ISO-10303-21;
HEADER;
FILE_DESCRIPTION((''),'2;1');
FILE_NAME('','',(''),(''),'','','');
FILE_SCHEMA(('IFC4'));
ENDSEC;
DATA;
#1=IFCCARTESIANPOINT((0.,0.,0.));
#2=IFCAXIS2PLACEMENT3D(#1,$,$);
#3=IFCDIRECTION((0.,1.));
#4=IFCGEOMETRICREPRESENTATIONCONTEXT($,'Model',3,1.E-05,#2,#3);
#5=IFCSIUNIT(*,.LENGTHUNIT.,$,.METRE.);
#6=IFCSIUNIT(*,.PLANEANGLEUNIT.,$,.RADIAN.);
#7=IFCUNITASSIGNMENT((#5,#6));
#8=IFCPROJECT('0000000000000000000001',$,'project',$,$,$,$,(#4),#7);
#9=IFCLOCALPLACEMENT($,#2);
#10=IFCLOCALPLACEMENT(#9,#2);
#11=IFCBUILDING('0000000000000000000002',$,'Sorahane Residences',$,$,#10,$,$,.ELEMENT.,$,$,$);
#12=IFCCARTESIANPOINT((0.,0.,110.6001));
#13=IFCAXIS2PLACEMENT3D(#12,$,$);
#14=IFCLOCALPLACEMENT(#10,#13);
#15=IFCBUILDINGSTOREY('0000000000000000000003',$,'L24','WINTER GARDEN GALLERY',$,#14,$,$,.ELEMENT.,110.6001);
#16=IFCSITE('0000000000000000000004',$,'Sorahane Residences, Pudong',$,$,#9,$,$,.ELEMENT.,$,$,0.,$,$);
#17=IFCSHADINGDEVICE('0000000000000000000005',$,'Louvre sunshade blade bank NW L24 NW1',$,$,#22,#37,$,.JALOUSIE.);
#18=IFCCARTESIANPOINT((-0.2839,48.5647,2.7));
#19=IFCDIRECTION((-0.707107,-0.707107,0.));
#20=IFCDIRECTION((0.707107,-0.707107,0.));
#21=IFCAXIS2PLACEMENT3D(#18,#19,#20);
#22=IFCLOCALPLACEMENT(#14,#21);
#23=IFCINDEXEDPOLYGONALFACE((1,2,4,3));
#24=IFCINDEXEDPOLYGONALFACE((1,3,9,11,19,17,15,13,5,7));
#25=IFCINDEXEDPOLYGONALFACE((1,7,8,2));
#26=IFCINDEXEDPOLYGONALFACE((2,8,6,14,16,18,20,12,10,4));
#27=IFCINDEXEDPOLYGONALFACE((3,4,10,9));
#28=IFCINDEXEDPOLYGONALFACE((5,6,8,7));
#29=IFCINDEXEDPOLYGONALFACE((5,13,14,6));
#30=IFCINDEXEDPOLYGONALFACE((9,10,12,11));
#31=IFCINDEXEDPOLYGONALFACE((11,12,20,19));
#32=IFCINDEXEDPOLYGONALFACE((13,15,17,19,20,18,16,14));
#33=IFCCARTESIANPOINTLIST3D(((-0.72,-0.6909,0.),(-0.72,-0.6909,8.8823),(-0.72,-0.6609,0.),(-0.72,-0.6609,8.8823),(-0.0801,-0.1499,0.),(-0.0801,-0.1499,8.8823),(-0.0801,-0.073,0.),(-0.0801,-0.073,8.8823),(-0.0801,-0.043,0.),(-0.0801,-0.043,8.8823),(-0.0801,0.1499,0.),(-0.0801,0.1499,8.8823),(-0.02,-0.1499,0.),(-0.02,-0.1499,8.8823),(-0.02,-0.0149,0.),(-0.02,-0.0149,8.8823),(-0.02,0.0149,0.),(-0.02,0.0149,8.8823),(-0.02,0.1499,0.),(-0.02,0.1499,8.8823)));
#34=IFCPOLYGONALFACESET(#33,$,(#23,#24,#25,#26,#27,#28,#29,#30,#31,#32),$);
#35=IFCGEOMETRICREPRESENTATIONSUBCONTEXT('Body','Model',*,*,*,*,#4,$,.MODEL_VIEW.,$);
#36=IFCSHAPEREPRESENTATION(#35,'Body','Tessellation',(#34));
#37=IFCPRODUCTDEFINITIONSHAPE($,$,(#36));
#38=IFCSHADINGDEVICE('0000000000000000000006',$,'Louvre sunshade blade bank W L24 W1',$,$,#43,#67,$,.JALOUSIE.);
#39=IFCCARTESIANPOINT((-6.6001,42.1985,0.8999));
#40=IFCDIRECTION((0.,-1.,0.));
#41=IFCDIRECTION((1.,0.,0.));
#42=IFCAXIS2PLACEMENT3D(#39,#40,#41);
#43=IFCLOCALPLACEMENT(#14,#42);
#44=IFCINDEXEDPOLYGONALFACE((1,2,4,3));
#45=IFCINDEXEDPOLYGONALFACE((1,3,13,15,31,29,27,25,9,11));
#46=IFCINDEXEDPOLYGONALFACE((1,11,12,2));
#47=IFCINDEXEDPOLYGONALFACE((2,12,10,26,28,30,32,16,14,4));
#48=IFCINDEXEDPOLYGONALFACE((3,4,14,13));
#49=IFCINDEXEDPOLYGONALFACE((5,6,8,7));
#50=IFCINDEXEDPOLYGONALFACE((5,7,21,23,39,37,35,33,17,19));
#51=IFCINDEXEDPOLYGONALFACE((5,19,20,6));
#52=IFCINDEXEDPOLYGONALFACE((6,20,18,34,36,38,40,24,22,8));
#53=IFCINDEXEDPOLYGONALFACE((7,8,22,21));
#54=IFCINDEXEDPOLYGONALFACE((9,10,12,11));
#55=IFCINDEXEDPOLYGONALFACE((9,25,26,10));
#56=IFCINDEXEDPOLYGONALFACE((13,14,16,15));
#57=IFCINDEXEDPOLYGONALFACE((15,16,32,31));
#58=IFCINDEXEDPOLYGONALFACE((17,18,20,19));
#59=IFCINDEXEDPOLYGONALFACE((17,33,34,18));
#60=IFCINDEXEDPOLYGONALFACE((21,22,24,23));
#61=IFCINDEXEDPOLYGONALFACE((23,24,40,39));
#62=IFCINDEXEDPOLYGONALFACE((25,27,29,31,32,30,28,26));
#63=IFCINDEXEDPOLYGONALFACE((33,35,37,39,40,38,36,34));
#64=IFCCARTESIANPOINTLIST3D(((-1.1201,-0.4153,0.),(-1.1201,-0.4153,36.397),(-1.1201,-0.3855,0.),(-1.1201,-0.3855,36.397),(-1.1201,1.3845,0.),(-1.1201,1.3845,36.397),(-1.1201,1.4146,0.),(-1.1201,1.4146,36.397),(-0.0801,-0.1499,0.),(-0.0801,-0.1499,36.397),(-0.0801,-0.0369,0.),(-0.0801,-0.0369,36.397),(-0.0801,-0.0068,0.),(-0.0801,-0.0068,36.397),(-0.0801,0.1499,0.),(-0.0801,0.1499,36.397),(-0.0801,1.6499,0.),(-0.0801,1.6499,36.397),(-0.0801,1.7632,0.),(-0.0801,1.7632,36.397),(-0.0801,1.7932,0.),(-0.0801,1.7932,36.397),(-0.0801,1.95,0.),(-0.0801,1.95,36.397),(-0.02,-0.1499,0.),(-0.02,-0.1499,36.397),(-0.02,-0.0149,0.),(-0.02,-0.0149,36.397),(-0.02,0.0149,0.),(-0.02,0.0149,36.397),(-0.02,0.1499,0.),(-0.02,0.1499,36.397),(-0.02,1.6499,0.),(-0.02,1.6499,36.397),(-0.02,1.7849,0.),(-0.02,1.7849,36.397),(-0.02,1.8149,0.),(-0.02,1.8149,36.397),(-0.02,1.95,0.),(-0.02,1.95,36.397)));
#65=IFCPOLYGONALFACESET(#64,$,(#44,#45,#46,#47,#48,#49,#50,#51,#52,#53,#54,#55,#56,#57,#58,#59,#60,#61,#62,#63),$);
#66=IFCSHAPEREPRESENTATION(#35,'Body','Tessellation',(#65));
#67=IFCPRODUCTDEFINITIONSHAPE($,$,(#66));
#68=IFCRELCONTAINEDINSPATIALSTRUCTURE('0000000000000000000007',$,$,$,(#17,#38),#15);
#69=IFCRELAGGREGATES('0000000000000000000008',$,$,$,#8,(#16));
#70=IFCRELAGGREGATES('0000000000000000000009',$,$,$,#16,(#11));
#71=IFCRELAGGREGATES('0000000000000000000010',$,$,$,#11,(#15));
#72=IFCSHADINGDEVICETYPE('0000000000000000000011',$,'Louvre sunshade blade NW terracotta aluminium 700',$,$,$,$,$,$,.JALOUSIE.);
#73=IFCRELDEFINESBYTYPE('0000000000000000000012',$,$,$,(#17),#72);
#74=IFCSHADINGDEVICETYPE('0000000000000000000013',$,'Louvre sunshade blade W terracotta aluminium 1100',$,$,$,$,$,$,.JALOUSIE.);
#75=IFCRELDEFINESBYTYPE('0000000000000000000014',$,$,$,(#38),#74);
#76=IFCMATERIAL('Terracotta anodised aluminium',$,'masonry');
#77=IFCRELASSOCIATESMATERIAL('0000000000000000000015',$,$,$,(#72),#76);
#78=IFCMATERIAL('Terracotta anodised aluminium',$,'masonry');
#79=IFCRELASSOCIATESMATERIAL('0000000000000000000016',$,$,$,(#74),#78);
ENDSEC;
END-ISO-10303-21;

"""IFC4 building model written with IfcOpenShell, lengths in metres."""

from ifc_helpers import new_model, si_unit, direction, frame, origin, place, context, subcontext, project, spatial, polyline, outline, composite_profile, extrude, material, type_object, element, save


model = new_model("IFC4")

# Units and contexts
model_context = context("Model", 3, precision=1e-05, world=origin(), true_north=direction((0.0, 1.0)))
body_context = subcontext(model_context, "Body", "Model", "MODEL_VIEW")
ifc_project = project(units=[si_unit("LENGTHUNIT", "METRE"), si_unit("PLANEANGLEUNIT", "RADIAN")], contexts=[model_context])

# Site, building, storey
site_placement = place(None, origin())
site = spatial("IfcSite", under=ifc_project, at=site_placement, Name="Sorahane Residences, Pudong", CompositionType="ELEMENT", RefElevation=0.0)
building_placement = place(site_placement, origin())
building = spatial("IfcBuilding", under=site, at=building_placement, Name="Sorahane Residences", CompositionType="ELEMENT")
storey_placement = place(building_placement, frame((0.0, 0.0, 110.6001)))
storey = spatial("IfcBuildingStorey", under=building, at=storey_placement, Name="L24", Description="WINTER GARDEN GALLERY", CompositionType="ELEMENT", Elevation=110.6001)

# Shading devices
ifc_material_1 = material(Name="Terracotta anodised aluminium", Category="masonry")
shading_device_type_1 = type_object("IfcShadingDeviceType", Name="Louvre sunshade blade NW terracotta aluminium 700", PredefinedType="JALOUSIE", material=ifc_material_1)
shading_device_1_placement = place(storey_placement, frame((-0.2839, 48.5647, 2.7), z_axis=(-0.707107, -0.707107, 0.0), x_axis=(0.707107, -0.707107, 0.0)))
element("IfcShadingDevice", 1, at=shading_device_1_placement, inside=storey, type_object=shading_device_type_1, Name="Louvre sunshade blade bank NW L24 NW1", PredefinedType="JALOUSIE", context=body_context, shape_type="SweptSolid", body=[
    extrude(outline(polyline([(-0.72, -0.6609), (-0.72, -0.6909), (-0.0801, -0.073), (-0.0801, -0.1499), (-0.02, -0.1499), (-0.02, -0.0149), (-0.02, 0.0149), (-0.02, 0.1499), (-0.0801, 0.1499), (-0.0801, -0.043), (-0.72, -0.6609)])), origin(), (0.0, 0.0, 1.0), 8.8823),
])
ifc_material_2 = material(Name="Terracotta anodised aluminium", Category="masonry")
shading_device_type_2 = type_object("IfcShadingDeviceType", Name="Louvre sunshade blade W terracotta aluminium 1100", PredefinedType="JALOUSIE", material=ifc_material_2)
shading_device_2_placement = place(storey_placement, frame((-6.6001, 42.1985, 0.8999), z_axis=(0.0, -1.0, 0.0), x_axis=(1.0, 0.0, 0.0)))
element("IfcShadingDevice", 2, at=shading_device_2_placement, inside=storey, type_object=shading_device_type_2, Name="Louvre sunshade blade bank W L24 W1", PredefinedType="JALOUSIE", context=body_context, shape_type="SweptSolid", body=[
    extrude(composite_profile([outline(polyline([(-1.1201, -0.3855), (-1.1201, -0.4153), (-0.0801, -0.0369), (-0.0801, -0.1499), (-0.02, -0.1499), (-0.02, -0.0149), (-0.02, 0.0149), (-0.02, 0.1499), (-0.0801, 0.1499), (-0.0801, -0.0068), (-1.1201, -0.3855)])), outline(polyline([(-1.1201, 1.4146), (-1.1201, 1.3845), (-0.0801, 1.7632), (-0.0801, 1.6499), (-0.02, 1.6499), (-0.02, 1.7849), (-0.02, 1.8149), (-0.02, 1.95), (-0.0801, 1.95), (-0.0801, 1.7932), (-1.1201, 1.4146)]))]), origin(), (0.0, 0.0, 1.0), 36.397),
])

save(model, "model.ifc")
